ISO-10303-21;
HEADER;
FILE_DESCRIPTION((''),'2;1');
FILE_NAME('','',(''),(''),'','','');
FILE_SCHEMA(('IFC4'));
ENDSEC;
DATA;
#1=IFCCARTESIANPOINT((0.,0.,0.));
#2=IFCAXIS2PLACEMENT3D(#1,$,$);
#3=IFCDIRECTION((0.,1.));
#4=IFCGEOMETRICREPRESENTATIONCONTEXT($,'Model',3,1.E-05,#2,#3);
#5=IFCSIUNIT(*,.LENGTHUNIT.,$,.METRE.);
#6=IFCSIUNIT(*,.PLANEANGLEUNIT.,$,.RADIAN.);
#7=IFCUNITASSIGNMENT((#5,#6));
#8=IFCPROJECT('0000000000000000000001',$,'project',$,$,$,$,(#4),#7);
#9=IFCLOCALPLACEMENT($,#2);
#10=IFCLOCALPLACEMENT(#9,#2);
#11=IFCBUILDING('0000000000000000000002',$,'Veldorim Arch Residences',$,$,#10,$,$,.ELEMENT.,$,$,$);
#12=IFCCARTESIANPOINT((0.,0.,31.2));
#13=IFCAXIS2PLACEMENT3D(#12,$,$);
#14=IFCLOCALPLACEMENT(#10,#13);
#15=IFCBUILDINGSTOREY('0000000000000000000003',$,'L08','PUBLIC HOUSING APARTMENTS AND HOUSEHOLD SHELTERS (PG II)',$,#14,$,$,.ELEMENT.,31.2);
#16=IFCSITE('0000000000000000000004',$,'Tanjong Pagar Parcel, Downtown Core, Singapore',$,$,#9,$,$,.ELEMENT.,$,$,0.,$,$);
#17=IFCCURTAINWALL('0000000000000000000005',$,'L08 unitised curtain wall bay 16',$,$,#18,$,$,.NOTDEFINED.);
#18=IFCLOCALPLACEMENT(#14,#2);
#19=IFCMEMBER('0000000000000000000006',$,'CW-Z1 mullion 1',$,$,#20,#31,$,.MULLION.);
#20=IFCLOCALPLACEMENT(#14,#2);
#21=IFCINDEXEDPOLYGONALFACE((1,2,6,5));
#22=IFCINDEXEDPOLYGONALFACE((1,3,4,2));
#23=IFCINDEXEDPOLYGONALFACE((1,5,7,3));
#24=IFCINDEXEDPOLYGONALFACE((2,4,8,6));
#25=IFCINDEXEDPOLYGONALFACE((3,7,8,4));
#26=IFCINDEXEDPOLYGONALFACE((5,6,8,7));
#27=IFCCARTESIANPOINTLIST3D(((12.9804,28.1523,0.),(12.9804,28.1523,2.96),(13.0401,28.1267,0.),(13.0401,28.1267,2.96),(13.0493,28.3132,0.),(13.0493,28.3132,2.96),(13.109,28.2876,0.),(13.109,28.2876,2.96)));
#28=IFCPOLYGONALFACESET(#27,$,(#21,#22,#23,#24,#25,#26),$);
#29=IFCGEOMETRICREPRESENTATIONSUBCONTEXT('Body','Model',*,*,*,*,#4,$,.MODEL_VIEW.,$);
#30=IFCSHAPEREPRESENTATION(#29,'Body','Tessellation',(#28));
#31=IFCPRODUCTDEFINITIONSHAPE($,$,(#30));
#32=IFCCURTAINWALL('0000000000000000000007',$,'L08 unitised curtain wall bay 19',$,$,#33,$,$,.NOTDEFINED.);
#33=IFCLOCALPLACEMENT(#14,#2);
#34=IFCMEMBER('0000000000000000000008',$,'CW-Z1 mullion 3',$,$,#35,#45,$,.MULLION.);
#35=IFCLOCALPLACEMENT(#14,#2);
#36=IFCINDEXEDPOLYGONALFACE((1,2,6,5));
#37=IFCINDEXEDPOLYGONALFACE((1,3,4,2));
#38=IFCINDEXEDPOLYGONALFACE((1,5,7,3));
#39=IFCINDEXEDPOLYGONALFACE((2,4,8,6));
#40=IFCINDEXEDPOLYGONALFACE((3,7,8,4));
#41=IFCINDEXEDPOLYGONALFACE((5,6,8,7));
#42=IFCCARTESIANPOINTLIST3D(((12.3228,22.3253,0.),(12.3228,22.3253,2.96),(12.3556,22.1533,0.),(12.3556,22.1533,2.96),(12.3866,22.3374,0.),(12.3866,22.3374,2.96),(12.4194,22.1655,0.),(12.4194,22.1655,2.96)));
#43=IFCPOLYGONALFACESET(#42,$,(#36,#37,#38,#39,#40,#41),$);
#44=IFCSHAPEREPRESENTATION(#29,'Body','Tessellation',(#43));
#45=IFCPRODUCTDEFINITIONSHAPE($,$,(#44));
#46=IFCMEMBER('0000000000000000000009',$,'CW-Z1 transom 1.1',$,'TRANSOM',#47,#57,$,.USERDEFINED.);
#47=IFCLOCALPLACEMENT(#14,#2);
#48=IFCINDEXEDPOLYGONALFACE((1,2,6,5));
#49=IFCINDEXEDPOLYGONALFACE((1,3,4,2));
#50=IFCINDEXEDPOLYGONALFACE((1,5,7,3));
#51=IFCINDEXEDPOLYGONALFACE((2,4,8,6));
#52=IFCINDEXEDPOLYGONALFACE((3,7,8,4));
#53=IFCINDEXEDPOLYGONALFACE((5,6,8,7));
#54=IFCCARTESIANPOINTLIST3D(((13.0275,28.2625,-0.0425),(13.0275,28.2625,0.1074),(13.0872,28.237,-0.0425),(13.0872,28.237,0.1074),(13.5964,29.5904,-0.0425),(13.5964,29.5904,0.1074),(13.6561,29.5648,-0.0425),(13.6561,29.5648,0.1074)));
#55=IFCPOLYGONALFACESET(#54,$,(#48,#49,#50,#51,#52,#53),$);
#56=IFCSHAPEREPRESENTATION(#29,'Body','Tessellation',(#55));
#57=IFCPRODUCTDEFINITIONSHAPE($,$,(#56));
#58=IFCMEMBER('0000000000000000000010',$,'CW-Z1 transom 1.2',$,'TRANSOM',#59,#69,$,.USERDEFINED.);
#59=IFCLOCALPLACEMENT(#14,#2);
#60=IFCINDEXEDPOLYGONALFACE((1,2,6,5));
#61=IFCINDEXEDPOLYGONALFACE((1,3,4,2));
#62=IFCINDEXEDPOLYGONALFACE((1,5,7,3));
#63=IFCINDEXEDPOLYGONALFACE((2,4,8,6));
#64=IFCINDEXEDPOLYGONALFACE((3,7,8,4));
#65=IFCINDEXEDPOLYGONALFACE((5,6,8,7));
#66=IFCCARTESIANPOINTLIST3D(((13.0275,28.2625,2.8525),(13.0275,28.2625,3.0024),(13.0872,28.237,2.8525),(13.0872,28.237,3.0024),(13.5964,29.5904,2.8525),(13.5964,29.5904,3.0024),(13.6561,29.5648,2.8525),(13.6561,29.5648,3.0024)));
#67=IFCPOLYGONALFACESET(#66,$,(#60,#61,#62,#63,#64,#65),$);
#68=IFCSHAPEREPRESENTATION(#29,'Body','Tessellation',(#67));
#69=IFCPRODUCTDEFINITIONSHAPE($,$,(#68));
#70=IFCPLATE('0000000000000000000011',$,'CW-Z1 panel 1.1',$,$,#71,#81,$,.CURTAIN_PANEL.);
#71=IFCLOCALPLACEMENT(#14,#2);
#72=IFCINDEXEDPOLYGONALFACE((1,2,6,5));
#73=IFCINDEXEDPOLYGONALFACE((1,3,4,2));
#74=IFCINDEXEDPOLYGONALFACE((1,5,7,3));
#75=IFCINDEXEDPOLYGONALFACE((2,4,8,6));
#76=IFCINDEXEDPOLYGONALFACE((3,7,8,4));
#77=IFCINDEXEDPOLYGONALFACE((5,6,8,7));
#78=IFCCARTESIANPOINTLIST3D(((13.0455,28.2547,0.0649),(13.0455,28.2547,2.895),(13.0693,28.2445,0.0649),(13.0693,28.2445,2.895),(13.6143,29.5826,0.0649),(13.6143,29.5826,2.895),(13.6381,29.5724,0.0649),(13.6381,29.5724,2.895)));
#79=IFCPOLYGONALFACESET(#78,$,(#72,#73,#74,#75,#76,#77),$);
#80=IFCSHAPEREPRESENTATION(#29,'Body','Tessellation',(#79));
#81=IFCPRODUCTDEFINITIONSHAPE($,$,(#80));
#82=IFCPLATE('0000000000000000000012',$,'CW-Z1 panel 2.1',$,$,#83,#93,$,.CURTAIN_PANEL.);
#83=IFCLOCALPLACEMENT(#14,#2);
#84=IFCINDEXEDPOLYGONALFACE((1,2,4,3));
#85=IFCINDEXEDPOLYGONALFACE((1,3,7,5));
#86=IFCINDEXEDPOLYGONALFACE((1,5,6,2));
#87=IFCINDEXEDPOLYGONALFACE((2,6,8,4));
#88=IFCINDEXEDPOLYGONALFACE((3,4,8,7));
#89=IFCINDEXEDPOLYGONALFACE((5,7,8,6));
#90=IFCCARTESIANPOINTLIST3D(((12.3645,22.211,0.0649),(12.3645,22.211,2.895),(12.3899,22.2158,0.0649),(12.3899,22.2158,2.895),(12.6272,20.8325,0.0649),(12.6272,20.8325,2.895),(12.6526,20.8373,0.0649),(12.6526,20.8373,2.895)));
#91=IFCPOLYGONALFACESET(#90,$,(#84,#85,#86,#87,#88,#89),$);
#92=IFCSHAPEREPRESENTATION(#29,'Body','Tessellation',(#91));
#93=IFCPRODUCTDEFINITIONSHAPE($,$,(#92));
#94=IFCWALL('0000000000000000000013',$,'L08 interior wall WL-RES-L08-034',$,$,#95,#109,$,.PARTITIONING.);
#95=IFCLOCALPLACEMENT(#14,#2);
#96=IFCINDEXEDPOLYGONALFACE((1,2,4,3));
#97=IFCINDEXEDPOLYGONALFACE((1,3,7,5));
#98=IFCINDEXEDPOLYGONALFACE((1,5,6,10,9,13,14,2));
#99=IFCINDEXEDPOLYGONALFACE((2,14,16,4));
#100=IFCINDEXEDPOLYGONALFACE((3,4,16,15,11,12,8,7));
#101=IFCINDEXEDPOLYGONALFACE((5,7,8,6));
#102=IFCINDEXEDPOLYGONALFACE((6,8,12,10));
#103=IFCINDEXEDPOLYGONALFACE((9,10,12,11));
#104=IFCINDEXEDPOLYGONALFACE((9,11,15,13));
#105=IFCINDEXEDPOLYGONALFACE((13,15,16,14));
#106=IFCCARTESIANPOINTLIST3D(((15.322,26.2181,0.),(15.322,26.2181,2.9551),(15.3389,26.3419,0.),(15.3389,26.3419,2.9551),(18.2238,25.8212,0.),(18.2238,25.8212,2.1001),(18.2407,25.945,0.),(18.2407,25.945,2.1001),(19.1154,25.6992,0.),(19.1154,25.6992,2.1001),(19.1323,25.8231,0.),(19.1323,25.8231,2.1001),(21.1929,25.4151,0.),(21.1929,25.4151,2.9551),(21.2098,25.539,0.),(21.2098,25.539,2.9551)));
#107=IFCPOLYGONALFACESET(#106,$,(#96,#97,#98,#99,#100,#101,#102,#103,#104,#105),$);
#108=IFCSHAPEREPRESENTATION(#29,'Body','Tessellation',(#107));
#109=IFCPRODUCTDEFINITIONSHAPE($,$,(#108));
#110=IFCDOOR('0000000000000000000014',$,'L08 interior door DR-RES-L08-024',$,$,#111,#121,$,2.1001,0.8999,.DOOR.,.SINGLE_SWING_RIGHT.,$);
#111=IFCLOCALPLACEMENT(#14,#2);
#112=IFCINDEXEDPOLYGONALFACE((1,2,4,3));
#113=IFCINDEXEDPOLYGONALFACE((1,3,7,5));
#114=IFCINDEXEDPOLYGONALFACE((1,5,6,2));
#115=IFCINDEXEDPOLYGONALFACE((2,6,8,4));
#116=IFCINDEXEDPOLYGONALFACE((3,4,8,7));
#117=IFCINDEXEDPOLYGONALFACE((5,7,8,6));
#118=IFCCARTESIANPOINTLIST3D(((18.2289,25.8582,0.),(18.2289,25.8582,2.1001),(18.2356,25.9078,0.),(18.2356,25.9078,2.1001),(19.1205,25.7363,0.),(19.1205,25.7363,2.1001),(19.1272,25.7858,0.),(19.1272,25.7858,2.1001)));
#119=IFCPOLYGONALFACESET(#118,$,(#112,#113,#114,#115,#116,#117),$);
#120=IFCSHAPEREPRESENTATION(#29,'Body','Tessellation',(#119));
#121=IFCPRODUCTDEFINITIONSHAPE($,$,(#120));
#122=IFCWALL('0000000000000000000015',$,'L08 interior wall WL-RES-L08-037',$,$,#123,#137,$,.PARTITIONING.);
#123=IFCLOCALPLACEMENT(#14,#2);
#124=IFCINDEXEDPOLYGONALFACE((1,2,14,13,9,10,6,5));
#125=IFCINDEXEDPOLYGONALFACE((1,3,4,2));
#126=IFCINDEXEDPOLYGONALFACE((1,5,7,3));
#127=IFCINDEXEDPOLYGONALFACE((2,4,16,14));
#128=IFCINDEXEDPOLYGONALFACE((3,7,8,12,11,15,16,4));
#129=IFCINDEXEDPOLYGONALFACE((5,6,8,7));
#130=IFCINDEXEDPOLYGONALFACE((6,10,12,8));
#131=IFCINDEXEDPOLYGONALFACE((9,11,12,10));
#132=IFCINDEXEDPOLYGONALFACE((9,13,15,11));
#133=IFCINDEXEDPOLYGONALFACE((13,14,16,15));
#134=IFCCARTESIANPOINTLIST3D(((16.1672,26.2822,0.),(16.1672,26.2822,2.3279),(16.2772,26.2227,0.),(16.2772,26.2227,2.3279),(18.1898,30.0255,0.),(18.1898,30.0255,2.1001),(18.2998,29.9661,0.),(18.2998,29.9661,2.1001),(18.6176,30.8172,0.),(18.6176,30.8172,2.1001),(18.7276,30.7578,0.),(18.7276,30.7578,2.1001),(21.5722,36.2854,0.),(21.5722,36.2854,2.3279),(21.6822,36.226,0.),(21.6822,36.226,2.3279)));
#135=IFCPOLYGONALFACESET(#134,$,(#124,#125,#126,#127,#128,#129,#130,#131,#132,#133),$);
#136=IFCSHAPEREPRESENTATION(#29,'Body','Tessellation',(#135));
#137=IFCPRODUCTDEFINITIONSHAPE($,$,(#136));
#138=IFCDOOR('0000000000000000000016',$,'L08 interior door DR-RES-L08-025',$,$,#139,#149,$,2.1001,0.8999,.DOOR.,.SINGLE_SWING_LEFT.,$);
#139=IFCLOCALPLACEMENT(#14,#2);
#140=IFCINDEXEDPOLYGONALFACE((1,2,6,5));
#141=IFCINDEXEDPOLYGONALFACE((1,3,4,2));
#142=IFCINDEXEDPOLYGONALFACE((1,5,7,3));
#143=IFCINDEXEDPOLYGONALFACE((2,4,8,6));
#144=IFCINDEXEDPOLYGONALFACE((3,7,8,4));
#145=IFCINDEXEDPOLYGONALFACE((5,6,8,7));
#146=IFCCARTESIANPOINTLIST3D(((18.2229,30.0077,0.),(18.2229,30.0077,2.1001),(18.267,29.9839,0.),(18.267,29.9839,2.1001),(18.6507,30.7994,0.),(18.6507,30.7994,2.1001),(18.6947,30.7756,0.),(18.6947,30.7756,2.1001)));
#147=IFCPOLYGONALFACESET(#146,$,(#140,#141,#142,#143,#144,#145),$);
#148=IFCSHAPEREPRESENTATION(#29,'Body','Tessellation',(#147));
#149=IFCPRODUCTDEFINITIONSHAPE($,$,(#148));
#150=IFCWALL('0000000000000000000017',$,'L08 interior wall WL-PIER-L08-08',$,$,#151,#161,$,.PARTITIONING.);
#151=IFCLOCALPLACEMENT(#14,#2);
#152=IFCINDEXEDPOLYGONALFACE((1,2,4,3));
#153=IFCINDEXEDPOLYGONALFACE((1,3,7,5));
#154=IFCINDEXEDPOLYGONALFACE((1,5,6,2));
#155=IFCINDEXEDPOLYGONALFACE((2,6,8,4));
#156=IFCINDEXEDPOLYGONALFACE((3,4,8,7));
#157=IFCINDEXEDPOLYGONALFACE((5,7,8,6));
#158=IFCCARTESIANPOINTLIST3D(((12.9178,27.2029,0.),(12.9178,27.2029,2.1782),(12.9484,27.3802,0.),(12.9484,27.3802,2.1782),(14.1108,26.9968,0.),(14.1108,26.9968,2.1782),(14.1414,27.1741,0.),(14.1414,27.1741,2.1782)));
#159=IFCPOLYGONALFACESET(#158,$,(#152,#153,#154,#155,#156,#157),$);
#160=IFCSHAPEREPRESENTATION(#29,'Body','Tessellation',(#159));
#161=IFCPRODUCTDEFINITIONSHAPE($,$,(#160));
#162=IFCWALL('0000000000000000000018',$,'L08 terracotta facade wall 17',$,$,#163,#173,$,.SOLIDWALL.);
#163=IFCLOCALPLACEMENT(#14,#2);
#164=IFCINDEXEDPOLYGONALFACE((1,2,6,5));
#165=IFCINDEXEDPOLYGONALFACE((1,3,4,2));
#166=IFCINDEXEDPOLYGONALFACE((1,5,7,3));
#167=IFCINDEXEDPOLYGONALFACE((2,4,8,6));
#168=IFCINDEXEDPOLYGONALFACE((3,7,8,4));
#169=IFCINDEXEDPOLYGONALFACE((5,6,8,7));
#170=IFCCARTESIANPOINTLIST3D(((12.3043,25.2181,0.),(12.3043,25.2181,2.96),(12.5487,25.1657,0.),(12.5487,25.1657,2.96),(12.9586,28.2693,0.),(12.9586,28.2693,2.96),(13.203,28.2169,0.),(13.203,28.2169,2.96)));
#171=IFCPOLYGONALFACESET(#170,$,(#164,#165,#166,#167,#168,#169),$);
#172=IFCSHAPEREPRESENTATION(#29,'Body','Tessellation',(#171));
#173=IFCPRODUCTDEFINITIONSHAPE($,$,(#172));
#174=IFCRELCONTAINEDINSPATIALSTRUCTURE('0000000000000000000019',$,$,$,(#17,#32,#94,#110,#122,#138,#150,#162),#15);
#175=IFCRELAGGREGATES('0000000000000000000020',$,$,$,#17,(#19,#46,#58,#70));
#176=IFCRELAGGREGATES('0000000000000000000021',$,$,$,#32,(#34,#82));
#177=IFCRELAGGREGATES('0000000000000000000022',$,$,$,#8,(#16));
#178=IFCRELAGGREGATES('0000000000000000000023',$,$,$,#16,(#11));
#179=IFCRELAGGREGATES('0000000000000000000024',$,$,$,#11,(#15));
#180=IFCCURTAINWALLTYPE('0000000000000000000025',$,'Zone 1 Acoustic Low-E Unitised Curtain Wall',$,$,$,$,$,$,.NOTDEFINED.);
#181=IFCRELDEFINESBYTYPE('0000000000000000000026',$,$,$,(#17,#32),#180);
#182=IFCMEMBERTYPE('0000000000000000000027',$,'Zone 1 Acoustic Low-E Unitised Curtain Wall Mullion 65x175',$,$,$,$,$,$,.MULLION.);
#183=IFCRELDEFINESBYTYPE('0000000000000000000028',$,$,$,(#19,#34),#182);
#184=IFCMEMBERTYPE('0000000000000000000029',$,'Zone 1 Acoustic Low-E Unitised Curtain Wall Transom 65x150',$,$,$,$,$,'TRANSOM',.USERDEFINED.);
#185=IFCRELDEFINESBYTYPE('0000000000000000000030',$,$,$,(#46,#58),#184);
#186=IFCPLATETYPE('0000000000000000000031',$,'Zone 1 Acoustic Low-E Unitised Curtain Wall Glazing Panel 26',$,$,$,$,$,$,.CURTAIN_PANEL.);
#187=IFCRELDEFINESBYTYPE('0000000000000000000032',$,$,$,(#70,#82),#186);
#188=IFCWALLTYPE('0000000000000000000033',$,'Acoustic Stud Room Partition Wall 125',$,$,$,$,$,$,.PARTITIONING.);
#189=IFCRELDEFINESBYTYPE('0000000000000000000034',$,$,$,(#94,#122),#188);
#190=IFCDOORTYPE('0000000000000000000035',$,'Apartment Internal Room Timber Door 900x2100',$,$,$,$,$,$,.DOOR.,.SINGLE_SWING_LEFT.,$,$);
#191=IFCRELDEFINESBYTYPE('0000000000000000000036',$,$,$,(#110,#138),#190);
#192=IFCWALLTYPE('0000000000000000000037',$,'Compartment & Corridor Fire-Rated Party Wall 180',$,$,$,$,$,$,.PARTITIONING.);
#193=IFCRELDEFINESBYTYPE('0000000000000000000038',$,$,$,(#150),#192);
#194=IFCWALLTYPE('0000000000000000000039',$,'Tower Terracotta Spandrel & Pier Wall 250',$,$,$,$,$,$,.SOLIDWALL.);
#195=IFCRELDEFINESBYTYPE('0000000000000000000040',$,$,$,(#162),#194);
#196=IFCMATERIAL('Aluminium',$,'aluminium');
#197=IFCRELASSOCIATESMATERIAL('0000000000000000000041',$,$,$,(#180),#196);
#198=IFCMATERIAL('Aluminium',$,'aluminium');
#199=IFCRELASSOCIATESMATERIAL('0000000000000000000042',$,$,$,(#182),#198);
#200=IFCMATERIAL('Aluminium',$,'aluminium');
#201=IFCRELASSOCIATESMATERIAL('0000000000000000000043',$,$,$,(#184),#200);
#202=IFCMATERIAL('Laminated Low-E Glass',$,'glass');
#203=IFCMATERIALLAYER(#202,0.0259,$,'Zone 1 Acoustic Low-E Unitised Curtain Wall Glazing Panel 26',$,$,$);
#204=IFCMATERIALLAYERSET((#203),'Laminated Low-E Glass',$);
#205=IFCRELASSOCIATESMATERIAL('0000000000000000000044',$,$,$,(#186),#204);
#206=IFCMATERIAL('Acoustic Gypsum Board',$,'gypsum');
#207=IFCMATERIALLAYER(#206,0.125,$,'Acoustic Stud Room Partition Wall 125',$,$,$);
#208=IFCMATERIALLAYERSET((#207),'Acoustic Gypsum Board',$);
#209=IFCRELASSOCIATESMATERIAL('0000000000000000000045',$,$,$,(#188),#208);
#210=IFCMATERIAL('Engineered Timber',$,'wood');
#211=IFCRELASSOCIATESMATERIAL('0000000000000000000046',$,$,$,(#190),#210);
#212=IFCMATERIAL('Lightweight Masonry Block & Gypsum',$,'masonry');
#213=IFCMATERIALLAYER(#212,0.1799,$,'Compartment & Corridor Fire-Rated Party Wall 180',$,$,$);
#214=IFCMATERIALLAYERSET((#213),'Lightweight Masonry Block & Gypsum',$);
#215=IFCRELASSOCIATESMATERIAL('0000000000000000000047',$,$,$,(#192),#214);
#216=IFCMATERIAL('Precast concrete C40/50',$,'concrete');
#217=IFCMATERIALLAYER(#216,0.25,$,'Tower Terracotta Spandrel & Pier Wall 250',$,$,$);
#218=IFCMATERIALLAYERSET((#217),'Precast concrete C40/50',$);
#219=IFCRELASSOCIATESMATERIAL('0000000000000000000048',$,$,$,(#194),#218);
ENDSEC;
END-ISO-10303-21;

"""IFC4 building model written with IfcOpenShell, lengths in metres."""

from ifc_helpers import new_model, si_unit, direction, frame, frame_2d, origin, origin_2d, place, context, subcontext, project, spatial, rectangle, extrude, material, layer, layer_set, material_profile, profile_set, type_object, element, fill, aggregate, save


model = new_model("IFC4")

# Units and contexts
model_context = context("Model", 3, precision=1e-05, world=origin(), true_north=direction((0.0, 1.0)))
body_context = subcontext(model_context, "Body", "Model", "MODEL_VIEW")
ifc_project = project(units=[si_unit("LENGTHUNIT", "METRE"), si_unit("PLANEANGLEUNIT", "RADIAN")], contexts=[model_context])

# Site, building, storey
site_placement = place(None, origin())
site = spatial("IfcSite", under=ifc_project, at=site_placement, Name="Tanjong Pagar Parcel, Downtown Core, Singapore", CompositionType="ELEMENT", RefElevation=0.0)
building_placement = place(site_placement, origin())
building = spatial("IfcBuilding", under=site, at=building_placement, Name="Veldorim Arch Residences", CompositionType="ELEMENT")
storey_placement = place(building_placement, frame((0.0, 0.0, 31.2)))
storey = spatial("IfcBuildingStorey", under=building, at=storey_placement, Name="L08", Description="PUBLIC HOUSING APARTMENTS AND HOUSEHOLD SHELTERS (PG II)", CompositionType="ELEMENT", Elevation=31.2)

# Curtain walls, members
ifc_material_1 = material(Name="Aluminium", Category="aluminium")
curtain_wall_type = type_object("IfcCurtainWallType", Name="Zone 1 Acoustic Low-E Unitised Curtain Wall", PredefinedType="NOTDEFINED", material=ifc_material_1)
curtain_wall_1_placement = place(storey_placement, origin())
curtain_wall_1 = element("IfcCurtainWall", 1, at=curtain_wall_1_placement, inside=storey, type_object=curtain_wall_type, Name="L08 unitised curtain wall bay 16", PredefinedType="NOTDEFINED")
ifc_material_2 = material(Name="Aluminium", Category="aluminium")
ifc_material_profile_1 = material_profile(ifc_material_2, rectangle(XDim=0.0649, YDim=0.175, at=origin_2d()), Name="ALU_MUL_65x175")
ifc_profile_set_1 = profile_set([ifc_material_profile_1], Name="Aluminium")
member_type_1 = type_object("IfcMemberType", Name="Zone 1 Acoustic Low-E Unitised Curtain Wall Mullion 65x175", PredefinedType="MULLION", material=ifc_profile_set_1)
member_1_placement = place(storey_placement, frame((13.0447, 28.22, 0.0), z_axis=(0.0, 0.0, 1.0), x_axis=(-0.919222, 0.393739, 0.0)))
member_1 = element("IfcMember", 2, at=member_1_placement, type_object=member_type_1, Name="CW-Z1 mullion 1", PredefinedType="MULLION", context=body_context, shape_type="SweptSolid", body=[
    extrude(rectangle(XDim=0.0649, YDim=0.175, at=origin_2d()), origin(), (0.0, 0.0, 1.0), 2.96),
])
curtain_wall_2_placement = place(storey_placement, origin())
curtain_wall_2 = element("IfcCurtainWall", 3, at=curtain_wall_2_placement, inside=storey, type_object=curtain_wall_type, Name="L08 unitised curtain wall bay 19", PredefinedType="NOTDEFINED")
member_2_placement = place(storey_placement, frame((12.3711, 22.2454, 0.0), z_axis=(0.0, 0.0, 1.0), x_axis=(-0.982318, -0.187222, 0.0)))
member_2 = element("IfcMember", 4, at=member_2_placement, type_object=member_type_1, Name="CW-Z1 mullion 3", PredefinedType="MULLION", context=body_context, shape_type="SweptSolid", body=[
    extrude(rectangle(XDim=0.0649, YDim=0.175, at=origin_2d()), origin(), (0.0, 0.0, 1.0), 2.96),
])

# Members
ifc_material_3 = material(Name="Aluminium", Category="aluminium")
ifc_material_profile_2 = material_profile(ifc_material_3, rectangle(XDim=0.0649, YDim=0.1499, at=origin_2d()), Name="ALU_TRN_65x150")
ifc_profile_set_2 = profile_set([ifc_material_profile_2], Name="Aluminium")
member_type_2 = type_object("IfcMemberType", Name="Zone 1 Acoustic Low-E Unitised Curtain Wall Transom 65x150", ElementType="TRANSOM", PredefinedType="USERDEFINED", material=ifc_profile_set_2)
member_3_placement = place(storey_placement, frame((13.0574, 28.2498, 0.0325), z_axis=(0.393777, 0.919206, 0.0), x_axis=(-0.919206, 0.393777, 0.0)))
member_3 = element("IfcMember", 5, at=member_3_placement, type_object=member_type_2, Name="CW-Z1 transom 1.1", ObjectType="TRANSOM", PredefinedType="USERDEFINED", context=body_context, shape_type="SweptSolid", body=[
    extrude(rectangle(XDim=0.0649, YDim=0.1499, at=origin_2d()), origin(), (0.0, 0.0, 1.0), 1.4446),
])
member_4_placement = place(storey_placement, frame((13.0574, 28.2498, 2.9275), z_axis=(0.393777, 0.919206, 0.0), x_axis=(-0.919206, 0.393777, 0.0)))
member_4 = element("IfcMember", 6, at=member_4_placement, type_object=member_type_2, Name="CW-Z1 transom 1.2", ObjectType="TRANSOM", PredefinedType="USERDEFINED", context=body_context, shape_type="SweptSolid", body=[
    extrude(rectangle(XDim=0.0649, YDim=0.1499, at=origin_2d()), origin(), (0.0, 0.0, 1.0), 1.4446),
])

# Plates
ifc_material_4 = material(Name="Laminated Low-E Glass", Category="glass")
ifc_layer_1 = layer(ifc_material_4, 0.0259, Name="Zone 1 Acoustic Low-E Unitised Curtain Wall Glazing Panel 26")
ifc_layer_set_1 = layer_set([ifc_layer_1], Name="Laminated Low-E Glass")
plate_type = type_object("IfcPlateType", Name="Zone 1 Acoustic Low-E Unitised Curtain Wall Glazing Panel 26", PredefinedType="CURTAIN_PANEL", material=ifc_layer_set_1)
plate_1_placement = place(storey_placement, frame((13.3418, 28.9136, 0.0649), z_axis=(0.0, 0.0, 1.0), x_axis=(0.393739, 0.919222, 0.0)))
plate_1 = element("IfcPlate", 7, at=plate_1_placement, type_object=plate_type, Name="CW-Z1 panel 1.1", PredefinedType="CURTAIN_PANEL", context=body_context, shape_type="SweptSolid", body=[
    extrude(rectangle(XDim=1.4446, YDim=0.0259, at=origin_2d()), origin(), (0.0, 0.0, 1.0), 2.8301),
])
aggregate(curtain_wall_1, [member_1, member_3, member_4, plate_1])
plate_2_placement = place(storey_placement, frame((12.5085, 21.5242, 0.0649), z_axis=(0.0, 0.0, 1.0), x_axis=(-0.187222, 0.982318, 0.0)))
plate_2 = element("IfcPlate", 8, at=plate_2_placement, type_object=plate_type, Name="CW-Z1 panel 2.1", PredefinedType="CURTAIN_PANEL", context=body_context, shape_type="SweptSolid", body=[
    extrude(rectangle(XDim=1.4033, YDim=0.0259, at=origin_2d()), origin(), (0.0, 0.0, 1.0), 2.8301),
])
aggregate(curtain_wall_2, [member_2, plate_2])

# Walls, openings, doors
ifc_material_5 = material(Name="Acoustic Gypsum Board", Category="gypsum")
ifc_layer_2 = layer(ifc_material_5, 0.125, Name="Acoustic Stud Room Partition Wall 125")
ifc_layer_set_2 = layer_set([ifc_layer_2], Name="Acoustic Gypsum Board")
wall_type_1 = type_object("IfcWallType", Name="Acoustic Stud Room Partition Wall 125", PredefinedType="PARTITIONING", material=ifc_layer_set_2)
wall_1_placement = place(storey_placement, frame((15.3303, 26.28, 0.0), z_axis=(0.0, 0.0, 1.0), x_axis=(0.990776, -0.135512, 0.0)))
wall_1 = element("IfcWall", 9, at=wall_1_placement, inside=storey, type_object=wall_type_1, Name="L08 interior wall WL-RES-L08-034", PredefinedType="PARTITIONING", context=body_context, shape_type="SweptSolid", body=[
    extrude(rectangle(XDim=5.9255, YDim=0.125, at=frame_2d((2.9629, 0.0))), origin(), (0.0, 0.0, 1.0), 2.9551),
])
opening_1_placement = place(wall_1_placement, frame((2.929, 0.0, 0.0)))
opening_1 = element("IfcOpeningElement", 10, at=opening_1_placement, cuts=wall_1, PredefinedType="OPENING", context=body_context, shape_type="SweptSolid", body=[
    extrude(rectangle(XDim=0.8999, YDim=2.1001, at=frame_2d((0.45, 1.05))), frame((0.0, 0.0725, 0.0), z_axis=(0.0, -1.0, 0.0), x_axis=(1.0, 0.0, 0.0)), (0.0, 0.0, 1.0), 0.145),
])
ifc_material_6 = material(Name="Engineered Timber", Category="wood")
door_type = type_object("IfcDoorType", Name="Apartment Internal Room Timber Door 900x2100", OperationType="SINGLE_SWING_LEFT", PredefinedType="DOOR", material=ifc_material_6)
door_1_placement = place(opening_1_placement, origin())
door_1 = element("IfcDoor", 11, at=door_1_placement, inside=storey, type_object=door_type, Name="L08 interior door DR-RES-L08-024", OperationType="SINGLE_SWING_RIGHT", OverallHeight=2.1001, OverallWidth=0.8999, PredefinedType="DOOR", context=body_context, shape_type="SweptSolid", body=[
    extrude(rectangle(XDim=0.8999, YDim=2.1001, at=frame_2d((0.45, 1.05))), frame((0.0, 0.0249, 0.0), z_axis=(0.0, -1.0, 0.0), x_axis=(1.0, 0.0, 0.0)), (0.0, 0.0, 1.0), 0.05),
])
fill(opening_1, door_1)
wall_2_placement = place(storey_placement, frame((16.2222, 26.2524, 0.0), z_axis=(0.0, 0.0, 1.0), x_axis=(0.475375, 0.879783, 0.0)))
wall_2 = element("IfcWall", 12, at=wall_2_placement, inside=storey, type_object=wall_type_1, Name="L08 interior wall WL-RES-L08-037", PredefinedType="PARTITIONING", context=body_context, shape_type="SweptSolid", body=[
    extrude(rectangle(XDim=11.3701, YDim=0.125, at=frame_2d((5.6851, 0.0))), origin(), (0.0, 0.0, 1.0), 2.3279),
])
opening_2_placement = place(wall_2_placement, frame((4.2549, 0.0, 0.0)))
opening_2 = element("IfcOpeningElement", 13, at=opening_2_placement, cuts=wall_2, PredefinedType="OPENING", context=body_context, shape_type="SweptSolid", body=[
    extrude(rectangle(XDim=0.8999, YDim=2.1001, at=frame_2d((0.45, 1.05))), frame((0.0, 0.0725, 0.0), z_axis=(0.0, -1.0, 0.0), x_axis=(1.0, 0.0, 0.0)), (0.0, 0.0, 1.0), 0.145),
])
door_2_placement = place(opening_2_placement, origin())
door_2 = element("IfcDoor", 14, at=door_2_placement, inside=storey, type_object=door_type, Name="L08 interior door DR-RES-L08-025", OperationType="SINGLE_SWING_LEFT", OverallHeight=2.1001, OverallWidth=0.8999, PredefinedType="DOOR", context=body_context, shape_type="SweptSolid", body=[
    extrude(rectangle(XDim=0.8999, YDim=2.1001, at=frame_2d((0.45, 1.05))), frame((0.0, 0.0249, 0.0), z_axis=(0.0, -1.0, 0.0), x_axis=(1.0, 0.0, 0.0)), (0.0, 0.0, 1.0), 0.05),
])
fill(opening_2, door_2)

# Walls
ifc_material_7 = material(Name="Lightweight Masonry Block & Gypsum", Category="masonry")
ifc_layer_3 = layer(ifc_material_7, 0.1799, Name="Compartment & Corridor Fire-Rated Party Wall 180")
ifc_layer_set_3 = layer_set([ifc_layer_3], Name="Lightweight Masonry Block & Gypsum")
wall_type_2 = type_object("IfcWallType", Name="Compartment & Corridor Fire-Rated Party Wall 180", PredefinedType="PARTITIONING", material=ifc_layer_set_3)
wall_3_placement = place(storey_placement, frame((14.1262, 27.0854, 0.0), z_axis=(0.0, 0.0, 1.0), x_axis=(-0.985412, 0.170184, 0.0)))
element("IfcWall", 15, at=wall_3_placement, inside=storey, type_object=wall_type_2, Name="L08 interior wall WL-PIER-L08-08", PredefinedType="PARTITIONING", context=body_context, shape_type="SweptSolid", body=[
    extrude(rectangle(XDim=1.2107, YDim=0.1799, at=frame_2d((0.6055, 0.0))), origin(), (0.0, 0.0, 1.0), 2.1782),
])
ifc_material_8 = material(Name="Precast concrete C40/50", Category="concrete")
ifc_layer_4 = layer(ifc_material_8, 0.25, Name="Tower Terracotta Spandrel & Pier Wall 250")
ifc_layer_set_4 = layer_set([ifc_layer_4], Name="Precast concrete C40/50")
wall_type_3 = type_object("IfcWallType", Name="Tower Terracotta Spandrel & Pier Wall 250", PredefinedType="SOLIDWALL", material=ifc_layer_set_4)
wall_4_placement = place(storey_placement, frame((12.4265, 25.1919, 0.0), z_axis=(0.0, 0.0, 1.0), x_axis=(0.209668, 0.977773, 0.0)))
element("IfcWall", 16, at=wall_4_placement, inside=storey, type_object=wall_type_3, Name="L08 terracotta facade wall 17", PredefinedType="SOLIDWALL", context=body_context, shape_type="SweptSolid", body=[
    extrude(rectangle(XDim=3.1206, YDim=0.25, at=frame_2d((1.5603, 0.0))), origin(), (0.0, 0.0, 1.0), 2.96),
])

save(model, "model.ifc")
